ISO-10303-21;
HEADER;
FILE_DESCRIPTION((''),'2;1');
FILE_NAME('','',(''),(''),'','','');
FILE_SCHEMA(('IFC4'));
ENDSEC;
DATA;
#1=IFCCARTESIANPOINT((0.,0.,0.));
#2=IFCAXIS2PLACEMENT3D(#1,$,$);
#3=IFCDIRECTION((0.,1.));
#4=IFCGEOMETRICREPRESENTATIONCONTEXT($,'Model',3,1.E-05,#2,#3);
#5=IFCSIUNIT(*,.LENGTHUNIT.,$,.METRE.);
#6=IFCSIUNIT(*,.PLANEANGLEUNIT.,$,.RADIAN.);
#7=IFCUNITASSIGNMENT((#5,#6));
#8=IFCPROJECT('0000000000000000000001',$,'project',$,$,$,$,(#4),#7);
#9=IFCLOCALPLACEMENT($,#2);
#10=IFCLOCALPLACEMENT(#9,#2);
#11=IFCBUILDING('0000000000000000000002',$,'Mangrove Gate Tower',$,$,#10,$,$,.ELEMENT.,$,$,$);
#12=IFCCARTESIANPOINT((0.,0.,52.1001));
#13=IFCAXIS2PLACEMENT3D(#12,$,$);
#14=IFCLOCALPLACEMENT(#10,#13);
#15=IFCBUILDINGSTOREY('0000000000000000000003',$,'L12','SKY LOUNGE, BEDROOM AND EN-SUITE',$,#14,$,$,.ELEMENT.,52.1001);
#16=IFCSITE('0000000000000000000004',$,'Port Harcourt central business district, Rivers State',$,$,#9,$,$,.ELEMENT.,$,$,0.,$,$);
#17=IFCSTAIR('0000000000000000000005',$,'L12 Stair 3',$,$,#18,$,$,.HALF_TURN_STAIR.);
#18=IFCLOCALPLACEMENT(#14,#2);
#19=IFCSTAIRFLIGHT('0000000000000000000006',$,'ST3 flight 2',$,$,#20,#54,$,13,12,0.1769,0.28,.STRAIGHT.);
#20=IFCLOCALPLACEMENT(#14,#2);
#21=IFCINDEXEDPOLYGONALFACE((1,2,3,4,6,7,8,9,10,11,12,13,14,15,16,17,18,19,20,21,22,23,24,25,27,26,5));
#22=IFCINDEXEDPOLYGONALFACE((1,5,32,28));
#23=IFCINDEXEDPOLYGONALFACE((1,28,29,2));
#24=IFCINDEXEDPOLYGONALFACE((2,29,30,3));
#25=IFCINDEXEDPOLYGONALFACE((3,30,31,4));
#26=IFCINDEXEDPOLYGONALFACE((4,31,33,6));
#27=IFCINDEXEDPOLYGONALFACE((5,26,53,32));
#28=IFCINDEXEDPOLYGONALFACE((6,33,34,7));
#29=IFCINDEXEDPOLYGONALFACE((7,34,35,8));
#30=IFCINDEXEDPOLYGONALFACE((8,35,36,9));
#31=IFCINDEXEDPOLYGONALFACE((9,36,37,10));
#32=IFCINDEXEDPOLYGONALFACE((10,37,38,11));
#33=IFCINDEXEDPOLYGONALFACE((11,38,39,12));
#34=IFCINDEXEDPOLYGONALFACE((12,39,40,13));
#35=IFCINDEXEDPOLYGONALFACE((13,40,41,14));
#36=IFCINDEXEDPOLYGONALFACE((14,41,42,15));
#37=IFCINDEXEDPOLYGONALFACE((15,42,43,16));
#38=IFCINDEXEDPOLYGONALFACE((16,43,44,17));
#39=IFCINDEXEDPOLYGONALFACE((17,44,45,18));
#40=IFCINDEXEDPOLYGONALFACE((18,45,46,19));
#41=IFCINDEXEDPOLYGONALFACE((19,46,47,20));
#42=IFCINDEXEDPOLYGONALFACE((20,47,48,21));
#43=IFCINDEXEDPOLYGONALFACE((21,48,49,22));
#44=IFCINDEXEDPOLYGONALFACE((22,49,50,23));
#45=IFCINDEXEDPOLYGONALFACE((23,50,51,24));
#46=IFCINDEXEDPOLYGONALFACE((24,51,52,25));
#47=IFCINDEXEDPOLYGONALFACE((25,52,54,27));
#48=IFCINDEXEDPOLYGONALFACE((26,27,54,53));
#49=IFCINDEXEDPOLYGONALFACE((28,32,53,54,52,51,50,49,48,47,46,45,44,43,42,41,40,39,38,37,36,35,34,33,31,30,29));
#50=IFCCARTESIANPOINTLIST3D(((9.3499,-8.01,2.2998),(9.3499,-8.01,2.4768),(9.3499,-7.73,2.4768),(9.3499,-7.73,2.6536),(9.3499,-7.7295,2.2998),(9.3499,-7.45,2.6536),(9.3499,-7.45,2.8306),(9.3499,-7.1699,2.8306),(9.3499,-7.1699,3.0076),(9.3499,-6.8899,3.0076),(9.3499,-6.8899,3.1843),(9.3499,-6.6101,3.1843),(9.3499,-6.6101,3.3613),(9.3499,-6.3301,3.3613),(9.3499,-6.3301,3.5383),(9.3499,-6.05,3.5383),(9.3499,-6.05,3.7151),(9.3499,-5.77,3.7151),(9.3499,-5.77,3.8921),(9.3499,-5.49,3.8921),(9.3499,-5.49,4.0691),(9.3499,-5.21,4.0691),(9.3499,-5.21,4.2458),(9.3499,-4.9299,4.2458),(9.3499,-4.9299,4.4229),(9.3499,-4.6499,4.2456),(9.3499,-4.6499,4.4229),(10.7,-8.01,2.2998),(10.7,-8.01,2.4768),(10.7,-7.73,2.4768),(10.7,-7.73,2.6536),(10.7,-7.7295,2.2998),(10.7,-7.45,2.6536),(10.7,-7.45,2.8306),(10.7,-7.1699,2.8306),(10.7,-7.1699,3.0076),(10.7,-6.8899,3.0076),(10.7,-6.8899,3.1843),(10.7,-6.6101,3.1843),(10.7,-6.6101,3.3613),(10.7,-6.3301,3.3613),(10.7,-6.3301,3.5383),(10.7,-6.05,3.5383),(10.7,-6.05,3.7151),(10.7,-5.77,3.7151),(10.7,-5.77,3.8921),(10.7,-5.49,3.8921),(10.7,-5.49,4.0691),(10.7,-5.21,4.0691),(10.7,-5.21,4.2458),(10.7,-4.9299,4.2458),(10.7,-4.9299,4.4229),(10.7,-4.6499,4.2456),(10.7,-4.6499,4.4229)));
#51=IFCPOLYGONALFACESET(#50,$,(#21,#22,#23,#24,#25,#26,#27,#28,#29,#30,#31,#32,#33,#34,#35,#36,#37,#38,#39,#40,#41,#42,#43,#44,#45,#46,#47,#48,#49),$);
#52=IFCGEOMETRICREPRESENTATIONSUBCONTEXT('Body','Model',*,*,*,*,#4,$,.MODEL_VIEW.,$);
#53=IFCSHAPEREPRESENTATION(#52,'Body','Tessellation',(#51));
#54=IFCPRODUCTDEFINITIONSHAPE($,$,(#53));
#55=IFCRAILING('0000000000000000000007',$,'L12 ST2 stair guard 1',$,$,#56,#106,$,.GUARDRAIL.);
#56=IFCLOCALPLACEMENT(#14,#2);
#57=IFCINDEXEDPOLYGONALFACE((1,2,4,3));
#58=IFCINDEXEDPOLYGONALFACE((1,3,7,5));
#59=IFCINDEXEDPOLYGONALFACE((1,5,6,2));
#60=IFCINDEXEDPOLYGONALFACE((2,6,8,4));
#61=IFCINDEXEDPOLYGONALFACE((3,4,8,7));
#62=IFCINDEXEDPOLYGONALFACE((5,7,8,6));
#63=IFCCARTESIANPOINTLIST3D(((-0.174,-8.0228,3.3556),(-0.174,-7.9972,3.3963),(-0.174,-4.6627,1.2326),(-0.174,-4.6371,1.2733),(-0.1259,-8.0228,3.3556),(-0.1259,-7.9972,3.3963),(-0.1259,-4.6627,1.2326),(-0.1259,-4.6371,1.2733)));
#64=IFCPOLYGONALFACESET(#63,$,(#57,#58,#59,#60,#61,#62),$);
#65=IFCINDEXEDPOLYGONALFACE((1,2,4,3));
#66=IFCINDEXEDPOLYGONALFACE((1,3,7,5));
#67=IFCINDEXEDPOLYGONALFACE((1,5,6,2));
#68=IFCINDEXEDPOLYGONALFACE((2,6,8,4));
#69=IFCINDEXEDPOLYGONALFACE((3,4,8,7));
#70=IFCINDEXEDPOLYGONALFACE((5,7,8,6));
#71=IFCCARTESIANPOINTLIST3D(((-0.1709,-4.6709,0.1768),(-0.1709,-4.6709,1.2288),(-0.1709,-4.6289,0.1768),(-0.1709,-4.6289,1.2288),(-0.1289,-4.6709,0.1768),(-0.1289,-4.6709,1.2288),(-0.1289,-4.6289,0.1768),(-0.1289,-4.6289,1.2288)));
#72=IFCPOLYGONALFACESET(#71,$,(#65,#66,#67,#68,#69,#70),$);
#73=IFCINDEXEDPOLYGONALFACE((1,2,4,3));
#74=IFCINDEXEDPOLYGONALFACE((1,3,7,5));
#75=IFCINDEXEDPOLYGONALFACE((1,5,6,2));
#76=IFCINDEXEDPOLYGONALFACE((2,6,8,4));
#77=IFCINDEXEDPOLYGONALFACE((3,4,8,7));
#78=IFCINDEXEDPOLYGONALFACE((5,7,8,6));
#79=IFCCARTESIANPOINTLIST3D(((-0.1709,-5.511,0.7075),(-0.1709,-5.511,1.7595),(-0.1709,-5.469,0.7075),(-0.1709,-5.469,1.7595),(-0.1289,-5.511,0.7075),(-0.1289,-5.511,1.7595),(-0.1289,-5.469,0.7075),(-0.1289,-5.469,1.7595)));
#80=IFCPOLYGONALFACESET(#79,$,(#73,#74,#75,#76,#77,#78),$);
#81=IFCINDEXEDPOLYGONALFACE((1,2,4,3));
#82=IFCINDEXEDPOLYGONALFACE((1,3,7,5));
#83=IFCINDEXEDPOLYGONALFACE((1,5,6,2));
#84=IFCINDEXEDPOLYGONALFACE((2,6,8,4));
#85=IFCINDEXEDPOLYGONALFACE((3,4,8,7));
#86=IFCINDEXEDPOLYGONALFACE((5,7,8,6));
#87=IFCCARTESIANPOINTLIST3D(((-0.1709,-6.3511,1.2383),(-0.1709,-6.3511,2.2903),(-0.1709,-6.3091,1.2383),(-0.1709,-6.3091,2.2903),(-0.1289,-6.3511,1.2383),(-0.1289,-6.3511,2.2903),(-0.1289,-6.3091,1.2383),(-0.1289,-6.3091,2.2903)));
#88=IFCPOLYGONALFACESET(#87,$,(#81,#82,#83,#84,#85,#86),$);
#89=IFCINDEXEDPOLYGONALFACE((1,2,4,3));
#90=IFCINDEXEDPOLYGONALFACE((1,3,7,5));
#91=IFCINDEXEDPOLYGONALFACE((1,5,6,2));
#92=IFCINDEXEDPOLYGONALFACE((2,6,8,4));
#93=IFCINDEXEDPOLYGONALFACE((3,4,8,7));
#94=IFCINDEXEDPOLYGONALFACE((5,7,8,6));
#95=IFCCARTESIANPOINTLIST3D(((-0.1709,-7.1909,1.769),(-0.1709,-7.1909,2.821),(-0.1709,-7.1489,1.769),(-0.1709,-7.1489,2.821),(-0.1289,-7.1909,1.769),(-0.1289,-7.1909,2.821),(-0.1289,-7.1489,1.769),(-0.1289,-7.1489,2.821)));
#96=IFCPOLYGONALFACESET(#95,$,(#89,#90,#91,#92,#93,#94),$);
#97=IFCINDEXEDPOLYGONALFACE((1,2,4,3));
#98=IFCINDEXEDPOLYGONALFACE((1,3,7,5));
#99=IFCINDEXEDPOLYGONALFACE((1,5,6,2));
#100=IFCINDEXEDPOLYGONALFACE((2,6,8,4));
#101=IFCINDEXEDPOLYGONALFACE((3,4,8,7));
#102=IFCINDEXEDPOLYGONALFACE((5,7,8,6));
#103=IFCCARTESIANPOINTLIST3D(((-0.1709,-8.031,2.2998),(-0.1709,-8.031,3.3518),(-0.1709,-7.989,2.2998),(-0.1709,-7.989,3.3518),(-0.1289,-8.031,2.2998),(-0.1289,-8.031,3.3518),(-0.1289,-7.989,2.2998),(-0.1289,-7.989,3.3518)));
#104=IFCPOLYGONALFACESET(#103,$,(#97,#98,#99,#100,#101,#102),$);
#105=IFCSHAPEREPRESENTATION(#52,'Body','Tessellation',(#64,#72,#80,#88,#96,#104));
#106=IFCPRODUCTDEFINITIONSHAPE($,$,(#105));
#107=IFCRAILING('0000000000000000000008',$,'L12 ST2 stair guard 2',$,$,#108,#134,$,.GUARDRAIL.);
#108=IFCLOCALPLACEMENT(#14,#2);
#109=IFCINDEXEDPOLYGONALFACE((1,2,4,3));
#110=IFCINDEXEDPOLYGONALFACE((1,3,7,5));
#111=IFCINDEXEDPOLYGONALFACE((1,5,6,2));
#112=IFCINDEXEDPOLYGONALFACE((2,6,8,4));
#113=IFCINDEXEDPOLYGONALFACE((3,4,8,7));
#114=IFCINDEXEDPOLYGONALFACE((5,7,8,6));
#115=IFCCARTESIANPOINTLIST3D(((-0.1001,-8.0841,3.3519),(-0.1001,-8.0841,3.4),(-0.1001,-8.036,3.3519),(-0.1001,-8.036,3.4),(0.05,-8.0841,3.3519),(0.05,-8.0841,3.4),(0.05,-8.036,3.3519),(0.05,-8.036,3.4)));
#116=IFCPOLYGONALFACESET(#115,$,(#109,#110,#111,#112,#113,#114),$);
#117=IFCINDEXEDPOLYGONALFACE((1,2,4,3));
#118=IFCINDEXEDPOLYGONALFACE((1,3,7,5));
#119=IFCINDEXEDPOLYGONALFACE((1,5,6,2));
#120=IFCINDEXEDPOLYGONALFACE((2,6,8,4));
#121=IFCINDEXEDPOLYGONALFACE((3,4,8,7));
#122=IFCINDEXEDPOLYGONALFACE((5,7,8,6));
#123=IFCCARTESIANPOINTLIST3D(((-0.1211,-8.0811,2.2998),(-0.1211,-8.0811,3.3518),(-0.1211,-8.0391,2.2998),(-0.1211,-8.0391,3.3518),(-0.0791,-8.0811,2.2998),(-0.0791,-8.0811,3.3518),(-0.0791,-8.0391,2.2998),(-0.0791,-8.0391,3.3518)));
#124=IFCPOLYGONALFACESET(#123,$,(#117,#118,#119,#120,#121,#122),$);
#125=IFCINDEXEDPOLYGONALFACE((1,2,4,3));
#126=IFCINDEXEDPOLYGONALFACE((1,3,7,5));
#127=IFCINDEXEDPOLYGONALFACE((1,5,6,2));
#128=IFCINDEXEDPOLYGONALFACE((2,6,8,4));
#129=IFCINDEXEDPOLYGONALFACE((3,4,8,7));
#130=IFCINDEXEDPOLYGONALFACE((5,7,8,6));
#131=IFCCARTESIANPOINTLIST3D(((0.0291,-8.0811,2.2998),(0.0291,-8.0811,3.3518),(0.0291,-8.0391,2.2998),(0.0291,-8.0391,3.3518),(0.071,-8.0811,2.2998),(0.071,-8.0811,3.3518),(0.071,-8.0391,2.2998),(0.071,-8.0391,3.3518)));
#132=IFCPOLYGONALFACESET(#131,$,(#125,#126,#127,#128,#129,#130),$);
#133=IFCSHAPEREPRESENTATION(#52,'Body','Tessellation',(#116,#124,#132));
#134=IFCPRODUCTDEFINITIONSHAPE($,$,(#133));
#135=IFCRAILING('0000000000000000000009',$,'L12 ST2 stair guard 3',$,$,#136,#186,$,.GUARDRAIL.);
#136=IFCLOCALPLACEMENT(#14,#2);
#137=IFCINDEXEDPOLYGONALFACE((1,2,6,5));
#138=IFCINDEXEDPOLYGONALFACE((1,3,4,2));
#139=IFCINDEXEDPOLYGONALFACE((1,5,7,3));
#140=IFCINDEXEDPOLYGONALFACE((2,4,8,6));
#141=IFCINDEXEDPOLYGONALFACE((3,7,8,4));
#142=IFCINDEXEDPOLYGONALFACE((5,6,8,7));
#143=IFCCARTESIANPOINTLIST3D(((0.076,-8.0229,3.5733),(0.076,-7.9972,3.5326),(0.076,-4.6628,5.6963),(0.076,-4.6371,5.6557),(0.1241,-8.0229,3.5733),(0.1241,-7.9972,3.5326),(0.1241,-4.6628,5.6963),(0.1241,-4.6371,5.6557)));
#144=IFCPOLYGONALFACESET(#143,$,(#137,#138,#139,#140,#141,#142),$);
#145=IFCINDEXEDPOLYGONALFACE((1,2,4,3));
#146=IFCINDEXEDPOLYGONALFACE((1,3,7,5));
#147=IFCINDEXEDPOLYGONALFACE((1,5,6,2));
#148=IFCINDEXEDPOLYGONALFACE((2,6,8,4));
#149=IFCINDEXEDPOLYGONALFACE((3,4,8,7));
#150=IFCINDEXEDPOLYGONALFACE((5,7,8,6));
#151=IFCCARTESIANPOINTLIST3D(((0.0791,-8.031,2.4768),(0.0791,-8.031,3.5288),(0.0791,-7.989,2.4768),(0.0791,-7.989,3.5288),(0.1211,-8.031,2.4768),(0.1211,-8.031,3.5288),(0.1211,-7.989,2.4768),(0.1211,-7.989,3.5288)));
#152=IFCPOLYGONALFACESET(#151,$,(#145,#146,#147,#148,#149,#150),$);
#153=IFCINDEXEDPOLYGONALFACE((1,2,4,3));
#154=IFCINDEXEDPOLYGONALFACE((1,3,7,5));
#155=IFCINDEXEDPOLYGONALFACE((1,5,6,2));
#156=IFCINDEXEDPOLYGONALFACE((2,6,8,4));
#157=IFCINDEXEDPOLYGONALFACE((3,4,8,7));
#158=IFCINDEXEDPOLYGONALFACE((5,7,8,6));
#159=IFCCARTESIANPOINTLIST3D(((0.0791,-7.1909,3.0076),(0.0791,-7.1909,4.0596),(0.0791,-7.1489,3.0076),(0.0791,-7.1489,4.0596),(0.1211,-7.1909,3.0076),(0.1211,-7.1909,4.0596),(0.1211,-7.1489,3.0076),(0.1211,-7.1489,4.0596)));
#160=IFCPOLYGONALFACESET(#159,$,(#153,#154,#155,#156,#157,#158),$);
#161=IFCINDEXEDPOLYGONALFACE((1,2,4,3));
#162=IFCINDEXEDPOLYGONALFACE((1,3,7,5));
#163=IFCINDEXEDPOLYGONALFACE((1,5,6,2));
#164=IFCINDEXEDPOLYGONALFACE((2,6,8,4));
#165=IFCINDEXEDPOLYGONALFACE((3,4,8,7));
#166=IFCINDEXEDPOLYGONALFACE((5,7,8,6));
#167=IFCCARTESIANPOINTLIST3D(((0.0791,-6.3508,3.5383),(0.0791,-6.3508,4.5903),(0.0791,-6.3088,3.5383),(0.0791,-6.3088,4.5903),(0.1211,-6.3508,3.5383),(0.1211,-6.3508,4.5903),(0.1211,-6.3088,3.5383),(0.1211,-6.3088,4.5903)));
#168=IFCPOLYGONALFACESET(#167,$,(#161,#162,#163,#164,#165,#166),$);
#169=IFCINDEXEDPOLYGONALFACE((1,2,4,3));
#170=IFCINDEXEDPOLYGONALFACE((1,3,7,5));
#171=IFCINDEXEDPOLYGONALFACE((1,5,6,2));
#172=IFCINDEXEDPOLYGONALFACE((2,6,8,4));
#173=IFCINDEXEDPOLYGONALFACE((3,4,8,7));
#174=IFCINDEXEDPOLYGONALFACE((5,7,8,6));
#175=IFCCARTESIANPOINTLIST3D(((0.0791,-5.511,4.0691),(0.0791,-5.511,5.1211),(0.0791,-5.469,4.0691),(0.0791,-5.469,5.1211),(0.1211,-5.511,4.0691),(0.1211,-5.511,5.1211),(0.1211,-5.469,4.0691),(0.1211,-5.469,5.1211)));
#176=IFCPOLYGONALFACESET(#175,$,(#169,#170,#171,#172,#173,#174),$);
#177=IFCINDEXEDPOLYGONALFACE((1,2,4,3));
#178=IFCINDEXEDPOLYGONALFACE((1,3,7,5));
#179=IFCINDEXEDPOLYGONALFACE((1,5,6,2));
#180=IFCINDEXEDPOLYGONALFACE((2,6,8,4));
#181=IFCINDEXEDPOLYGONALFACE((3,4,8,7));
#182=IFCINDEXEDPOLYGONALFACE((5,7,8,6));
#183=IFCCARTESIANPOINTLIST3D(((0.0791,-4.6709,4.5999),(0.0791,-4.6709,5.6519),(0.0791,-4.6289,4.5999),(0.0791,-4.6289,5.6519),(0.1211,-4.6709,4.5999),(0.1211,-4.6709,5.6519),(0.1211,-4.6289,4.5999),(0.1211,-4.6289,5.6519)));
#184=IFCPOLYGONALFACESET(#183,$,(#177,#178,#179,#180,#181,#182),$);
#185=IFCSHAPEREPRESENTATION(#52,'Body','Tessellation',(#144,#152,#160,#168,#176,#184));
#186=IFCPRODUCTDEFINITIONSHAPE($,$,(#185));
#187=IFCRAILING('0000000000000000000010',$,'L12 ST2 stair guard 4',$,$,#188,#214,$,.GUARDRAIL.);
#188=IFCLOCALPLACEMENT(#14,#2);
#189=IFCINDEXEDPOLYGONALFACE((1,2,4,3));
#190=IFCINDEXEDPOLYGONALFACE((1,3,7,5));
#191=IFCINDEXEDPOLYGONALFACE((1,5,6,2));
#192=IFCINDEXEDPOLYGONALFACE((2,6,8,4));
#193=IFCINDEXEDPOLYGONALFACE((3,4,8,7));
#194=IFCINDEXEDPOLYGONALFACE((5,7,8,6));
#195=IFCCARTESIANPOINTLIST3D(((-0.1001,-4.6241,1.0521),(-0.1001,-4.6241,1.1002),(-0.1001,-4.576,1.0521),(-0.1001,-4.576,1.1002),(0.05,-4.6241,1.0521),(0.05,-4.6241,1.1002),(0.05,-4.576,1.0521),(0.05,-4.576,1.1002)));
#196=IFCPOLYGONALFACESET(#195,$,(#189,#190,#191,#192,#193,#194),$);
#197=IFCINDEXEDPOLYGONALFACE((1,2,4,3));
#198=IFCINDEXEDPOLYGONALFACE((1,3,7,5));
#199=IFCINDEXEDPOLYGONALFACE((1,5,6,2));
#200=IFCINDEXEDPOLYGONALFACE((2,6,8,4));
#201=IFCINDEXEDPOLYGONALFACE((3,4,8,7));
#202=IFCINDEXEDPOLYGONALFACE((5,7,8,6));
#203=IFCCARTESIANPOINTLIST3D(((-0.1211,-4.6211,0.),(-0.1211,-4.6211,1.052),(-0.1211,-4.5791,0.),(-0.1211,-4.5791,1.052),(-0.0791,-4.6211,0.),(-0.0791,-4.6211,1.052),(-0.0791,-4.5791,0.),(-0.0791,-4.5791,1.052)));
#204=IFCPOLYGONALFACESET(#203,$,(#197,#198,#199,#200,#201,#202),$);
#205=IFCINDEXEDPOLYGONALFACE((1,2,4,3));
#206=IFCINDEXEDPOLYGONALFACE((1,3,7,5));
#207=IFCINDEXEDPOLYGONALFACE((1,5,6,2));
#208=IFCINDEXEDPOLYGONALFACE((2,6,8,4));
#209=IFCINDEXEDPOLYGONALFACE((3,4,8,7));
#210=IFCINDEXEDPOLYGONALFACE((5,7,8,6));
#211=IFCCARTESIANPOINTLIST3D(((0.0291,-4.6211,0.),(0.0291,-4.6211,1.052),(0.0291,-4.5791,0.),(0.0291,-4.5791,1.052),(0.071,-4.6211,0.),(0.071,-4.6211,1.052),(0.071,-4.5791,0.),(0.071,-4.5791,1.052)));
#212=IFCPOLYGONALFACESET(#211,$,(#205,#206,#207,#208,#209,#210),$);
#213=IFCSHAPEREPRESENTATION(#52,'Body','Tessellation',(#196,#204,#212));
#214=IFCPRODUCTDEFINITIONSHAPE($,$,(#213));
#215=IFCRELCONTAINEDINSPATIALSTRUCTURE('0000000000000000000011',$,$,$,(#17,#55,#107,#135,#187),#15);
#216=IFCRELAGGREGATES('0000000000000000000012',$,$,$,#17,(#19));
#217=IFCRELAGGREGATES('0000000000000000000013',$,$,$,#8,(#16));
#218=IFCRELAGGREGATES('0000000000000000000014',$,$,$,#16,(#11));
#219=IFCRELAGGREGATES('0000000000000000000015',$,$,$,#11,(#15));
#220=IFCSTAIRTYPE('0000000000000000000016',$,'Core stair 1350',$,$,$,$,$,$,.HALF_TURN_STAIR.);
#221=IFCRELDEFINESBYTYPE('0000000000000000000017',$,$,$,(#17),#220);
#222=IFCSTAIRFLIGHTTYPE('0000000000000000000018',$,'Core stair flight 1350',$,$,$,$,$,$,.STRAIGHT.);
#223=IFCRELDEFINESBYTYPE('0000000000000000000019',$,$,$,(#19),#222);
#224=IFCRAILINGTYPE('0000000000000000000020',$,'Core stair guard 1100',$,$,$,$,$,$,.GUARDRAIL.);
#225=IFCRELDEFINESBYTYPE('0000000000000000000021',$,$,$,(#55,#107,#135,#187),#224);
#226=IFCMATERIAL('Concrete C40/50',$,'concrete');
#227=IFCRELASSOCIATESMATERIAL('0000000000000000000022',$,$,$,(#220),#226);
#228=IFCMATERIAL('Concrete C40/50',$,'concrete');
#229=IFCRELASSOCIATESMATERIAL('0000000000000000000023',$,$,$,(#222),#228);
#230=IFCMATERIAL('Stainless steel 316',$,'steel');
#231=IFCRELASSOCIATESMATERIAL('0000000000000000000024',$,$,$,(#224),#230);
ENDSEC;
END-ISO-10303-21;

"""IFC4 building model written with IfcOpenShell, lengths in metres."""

from ifc_helpers import new_model, si_unit, direction, frame, origin, origin_2d, place, context, subcontext, project, spatial, polyline, rectangle, outline, extrude, material, type_object, element, aggregate, save


model = new_model("IFC4")

# Units and contexts
model_context = context("Model", 3, precision=1e-05, world=origin(), true_north=direction((0.0, 1.0)))
body_context = subcontext(model_context, "Body", "Model", "MODEL_VIEW")
ifc_project = project(units=[si_unit("LENGTHUNIT", "METRE"), si_unit("PLANEANGLEUNIT", "RADIAN")], contexts=[model_context])

# Site, building, storey
site_placement = place(None, origin())
site = spatial("IfcSite", under=ifc_project, at=site_placement, Name="Port Harcourt central business district, Rivers State", CompositionType="ELEMENT", RefElevation=0.0)
building_placement = place(site_placement, origin())
building = spatial("IfcBuilding", under=site, at=building_placement, Name="Mangrove Gate Tower", CompositionType="ELEMENT")
storey_placement = place(building_placement, frame((0.0, 0.0, 52.1001)))
storey = spatial("IfcBuildingStorey", under=building, at=storey_placement, Name="L12", Description="SKY LOUNGE, BEDROOM AND EN-SUITE", CompositionType="ELEMENT", Elevation=52.1001)

# Stair, stair flight
ifc_material_1 = material(Name="Concrete C40/50", Category="concrete")
stair_type = type_object("IfcStairType", Name="Core stair 1350", PredefinedType="HALF_TURN_STAIR", material=ifc_material_1)
ifc_material_2 = material(Name="Concrete C40/50", Category="concrete")
stair_flight_type = type_object("IfcStairFlightType", Name="Core stair flight 1350", PredefinedType="STRAIGHT", material=ifc_material_2)
stair_1_placement = place(storey_placement, origin())
stair_1 = element("IfcStair", 1, at=stair_1_placement, inside=storey, type_object=stair_type, Name="L12 Stair 3", PredefinedType="HALF_TURN_STAIR")
stair_flight_1_placement = place(storey_placement, frame((10.0249, -8.01, 2.2998), z_axis=(0.0, 0.0, 1.0), x_axis=(0.0, 1.0, 0.0)))
stair_flight_1 = element("IfcStairFlight", 2, at=stair_flight_1_placement, type_object=stair_flight_type, Name="ST3 flight 2", NumberOfRisers=13, NumberOfTreads=12, PredefinedType="STRAIGHT", RiserHeight=0.1769, TreadLength=0.28, context=body_context, shape_type="SweptSolid", body=[
    extrude(outline(polyline([(0.0, 0.0), (0.0, 0.177), (0.28, 0.177), (0.28, 0.3538), (0.5601, 0.3538), (0.5601, 0.5308), (0.8401, 0.5308), (0.8401, 0.7078), (1.1201, 0.7078), (1.1201, 0.8845), (1.3999, 0.8845), (1.3999, 1.0615), (1.6799, 1.0615), (1.6799, 1.2385), (1.96, 1.2385), (1.96, 1.4153), (2.24, 1.4153), (2.24, 1.5923), (2.52, 1.5923), (2.52, 1.7693), (2.8, 1.7693), (2.8, 1.946), (3.0801, 1.946), (3.0801, 2.123), (3.3601, 2.123), (3.3601, 2.3), (3.3601, 1.9458), (0.2805, 0.0), (0.0, 0.0)])), frame((0.0, 0.675, 0.0), z_axis=(0.0, -1.0, 0.0), x_axis=(1.0, 0.0, 0.0)), (0.0, 0.0, 1.0), 1.3501),
])
aggregate(stair_1, [stair_flight_1])

# Railings
ifc_material_3 = material(Name="Stainless steel 316", Category="steel")
railing_type_1 = type_object("IfcRailingType", Name="Core stair guard 1100", PredefinedType="GUARDRAIL", material=ifc_material_3)
railing_1_placement = place(storey_placement, frame((-0.1499, -4.6499, 0.1768)))
element("IfcRailing", 3, at=railing_1_placement, inside=storey, type_object=railing_type_1, Name="L12 ST2 stair guard 1", PredefinedType="GUARDRAIL", context=body_context, shape_type="SweptSolid", body=[
    extrude(rectangle(XDim=0.0481, YDim=0.0481, at=origin_2d()), frame((0.0, 0.0, 1.0762), z_axis=(0.0, -0.84539, 0.53415), x_axis=(1.0, 0.0, 0.0)), (0.0, 0.0, 1.0), 3.9746),
    extrude(rectangle(XDim=0.042, YDim=0.042, at=origin_2d()), origin(), (0.0, 0.0, 1.0), 1.052),
    extrude(rectangle(XDim=0.042, YDim=0.042, at=origin_2d()), frame((0.0, -0.8401, 0.5308)), (0.0, 0.0, 1.0), 1.052),
    extrude(rectangle(XDim=0.042, YDim=0.042, at=origin_2d()), frame((0.0, -1.6802, 1.0615)), (0.0, 0.0, 1.0), 1.052),
    extrude(rectangle(XDim=0.042, YDim=0.042, at=origin_2d()), frame((0.0, -2.52, 1.5923)), (0.0, 0.0, 1.0), 1.052),
    extrude(rectangle(XDim=0.042, YDim=0.042, at=origin_2d()), frame((0.0, -3.3601, 2.123)), (0.0, 0.0, 1.0), 1.052),
])
railing_2_placement = place(storey_placement, frame((-0.1001, -8.0601, 2.2998)))
element("IfcRailing", 4, at=railing_2_placement, inside=storey, type_object=railing_type_1, Name="L12 ST2 stair guard 2", PredefinedType="GUARDRAIL", context=body_context, shape_type="SweptSolid", body=[
    extrude(rectangle(XDim=0.0481, YDim=0.0481, at=origin_2d()), frame((0.0, 0.0, 1.0762), z_axis=(1.0, 0.0, 0.0), x_axis=(0.0, 1.0, 0.0)), (0.0, 0.0, 1.0), 0.1501),
    extrude(rectangle(XDim=0.042, YDim=0.042, at=origin_2d()), origin(), (0.0, 0.0, 1.0), 1.052),
    extrude(rectangle(XDim=0.042, YDim=0.042, at=origin_2d()), frame((0.1501, 0.0, 0.0)), (0.0, 0.0, 1.0), 1.052),
])
railing_3_placement = place(storey_placement, frame((0.1001, -8.01, 2.4768)))
element("IfcRailing", 5, at=railing_3_placement, inside=storey, type_object=railing_type_1, Name="L12 ST2 stair guard 3", PredefinedType="GUARDRAIL", context=body_context, shape_type="SweptSolid", body=[
    extrude(rectangle(XDim=0.0481, YDim=0.0481, at=origin_2d()), frame((0.0, 0.0, 1.0762), z_axis=(0.0, 0.84539, 0.53415), x_axis=(-1.0, 0.0, 0.0)), (0.0, 0.0, 1.0), 3.9746),
    extrude(rectangle(XDim=0.042, YDim=0.042, at=origin_2d()), origin(), (0.0, 0.0, 1.0), 1.052),
    extrude(rectangle(XDim=0.042, YDim=0.042, at=origin_2d()), frame((0.0, 0.8401, 0.5308)), (0.0, 0.0, 1.0), 1.052),
    extrude(rectangle(XDim=0.042, YDim=0.042, at=origin_2d()), frame((0.0, 1.6802, 1.0615)), (0.0, 0.0, 1.0), 1.052),
    extrude(rectangle(XDim=0.042, YDim=0.042, at=origin_2d()), frame((0.0, 2.52, 1.5923)), (0.0, 0.0, 1.0), 1.052),
    extrude(rectangle(XDim=0.042, YDim=0.042, at=origin_2d()), frame((0.0, 3.3601, 2.123)), (0.0, 0.0, 1.0), 1.052),
])
railing_4_placement = place(storey_placement, frame((-0.1001, -4.6001, 0.0)))
element("IfcRailing", 6, at=railing_4_placement, inside=storey, type_object=railing_type_1, Name="L12 ST2 stair guard 4", PredefinedType="GUARDRAIL", context=body_context, shape_type="SweptSolid", body=[
    extrude(rectangle(XDim=0.0481, YDim=0.0481, at=origin_2d()), frame((0.0, 0.0, 1.0762), z_axis=(1.0, 0.0, 0.0), x_axis=(0.0, 1.0, 0.0)), (0.0, 0.0, 1.0), 0.1501),
    extrude(rectangle(XDim=0.042, YDim=0.042, at=origin_2d()), origin(), (0.0, 0.0, 1.0), 1.052),
    extrude(rectangle(XDim=0.042, YDim=0.042, at=origin_2d()), frame((0.1501, 0.0, 0.0)), (0.0, 0.0, 1.0), 1.052),
])

save(model, "model.ifc")
